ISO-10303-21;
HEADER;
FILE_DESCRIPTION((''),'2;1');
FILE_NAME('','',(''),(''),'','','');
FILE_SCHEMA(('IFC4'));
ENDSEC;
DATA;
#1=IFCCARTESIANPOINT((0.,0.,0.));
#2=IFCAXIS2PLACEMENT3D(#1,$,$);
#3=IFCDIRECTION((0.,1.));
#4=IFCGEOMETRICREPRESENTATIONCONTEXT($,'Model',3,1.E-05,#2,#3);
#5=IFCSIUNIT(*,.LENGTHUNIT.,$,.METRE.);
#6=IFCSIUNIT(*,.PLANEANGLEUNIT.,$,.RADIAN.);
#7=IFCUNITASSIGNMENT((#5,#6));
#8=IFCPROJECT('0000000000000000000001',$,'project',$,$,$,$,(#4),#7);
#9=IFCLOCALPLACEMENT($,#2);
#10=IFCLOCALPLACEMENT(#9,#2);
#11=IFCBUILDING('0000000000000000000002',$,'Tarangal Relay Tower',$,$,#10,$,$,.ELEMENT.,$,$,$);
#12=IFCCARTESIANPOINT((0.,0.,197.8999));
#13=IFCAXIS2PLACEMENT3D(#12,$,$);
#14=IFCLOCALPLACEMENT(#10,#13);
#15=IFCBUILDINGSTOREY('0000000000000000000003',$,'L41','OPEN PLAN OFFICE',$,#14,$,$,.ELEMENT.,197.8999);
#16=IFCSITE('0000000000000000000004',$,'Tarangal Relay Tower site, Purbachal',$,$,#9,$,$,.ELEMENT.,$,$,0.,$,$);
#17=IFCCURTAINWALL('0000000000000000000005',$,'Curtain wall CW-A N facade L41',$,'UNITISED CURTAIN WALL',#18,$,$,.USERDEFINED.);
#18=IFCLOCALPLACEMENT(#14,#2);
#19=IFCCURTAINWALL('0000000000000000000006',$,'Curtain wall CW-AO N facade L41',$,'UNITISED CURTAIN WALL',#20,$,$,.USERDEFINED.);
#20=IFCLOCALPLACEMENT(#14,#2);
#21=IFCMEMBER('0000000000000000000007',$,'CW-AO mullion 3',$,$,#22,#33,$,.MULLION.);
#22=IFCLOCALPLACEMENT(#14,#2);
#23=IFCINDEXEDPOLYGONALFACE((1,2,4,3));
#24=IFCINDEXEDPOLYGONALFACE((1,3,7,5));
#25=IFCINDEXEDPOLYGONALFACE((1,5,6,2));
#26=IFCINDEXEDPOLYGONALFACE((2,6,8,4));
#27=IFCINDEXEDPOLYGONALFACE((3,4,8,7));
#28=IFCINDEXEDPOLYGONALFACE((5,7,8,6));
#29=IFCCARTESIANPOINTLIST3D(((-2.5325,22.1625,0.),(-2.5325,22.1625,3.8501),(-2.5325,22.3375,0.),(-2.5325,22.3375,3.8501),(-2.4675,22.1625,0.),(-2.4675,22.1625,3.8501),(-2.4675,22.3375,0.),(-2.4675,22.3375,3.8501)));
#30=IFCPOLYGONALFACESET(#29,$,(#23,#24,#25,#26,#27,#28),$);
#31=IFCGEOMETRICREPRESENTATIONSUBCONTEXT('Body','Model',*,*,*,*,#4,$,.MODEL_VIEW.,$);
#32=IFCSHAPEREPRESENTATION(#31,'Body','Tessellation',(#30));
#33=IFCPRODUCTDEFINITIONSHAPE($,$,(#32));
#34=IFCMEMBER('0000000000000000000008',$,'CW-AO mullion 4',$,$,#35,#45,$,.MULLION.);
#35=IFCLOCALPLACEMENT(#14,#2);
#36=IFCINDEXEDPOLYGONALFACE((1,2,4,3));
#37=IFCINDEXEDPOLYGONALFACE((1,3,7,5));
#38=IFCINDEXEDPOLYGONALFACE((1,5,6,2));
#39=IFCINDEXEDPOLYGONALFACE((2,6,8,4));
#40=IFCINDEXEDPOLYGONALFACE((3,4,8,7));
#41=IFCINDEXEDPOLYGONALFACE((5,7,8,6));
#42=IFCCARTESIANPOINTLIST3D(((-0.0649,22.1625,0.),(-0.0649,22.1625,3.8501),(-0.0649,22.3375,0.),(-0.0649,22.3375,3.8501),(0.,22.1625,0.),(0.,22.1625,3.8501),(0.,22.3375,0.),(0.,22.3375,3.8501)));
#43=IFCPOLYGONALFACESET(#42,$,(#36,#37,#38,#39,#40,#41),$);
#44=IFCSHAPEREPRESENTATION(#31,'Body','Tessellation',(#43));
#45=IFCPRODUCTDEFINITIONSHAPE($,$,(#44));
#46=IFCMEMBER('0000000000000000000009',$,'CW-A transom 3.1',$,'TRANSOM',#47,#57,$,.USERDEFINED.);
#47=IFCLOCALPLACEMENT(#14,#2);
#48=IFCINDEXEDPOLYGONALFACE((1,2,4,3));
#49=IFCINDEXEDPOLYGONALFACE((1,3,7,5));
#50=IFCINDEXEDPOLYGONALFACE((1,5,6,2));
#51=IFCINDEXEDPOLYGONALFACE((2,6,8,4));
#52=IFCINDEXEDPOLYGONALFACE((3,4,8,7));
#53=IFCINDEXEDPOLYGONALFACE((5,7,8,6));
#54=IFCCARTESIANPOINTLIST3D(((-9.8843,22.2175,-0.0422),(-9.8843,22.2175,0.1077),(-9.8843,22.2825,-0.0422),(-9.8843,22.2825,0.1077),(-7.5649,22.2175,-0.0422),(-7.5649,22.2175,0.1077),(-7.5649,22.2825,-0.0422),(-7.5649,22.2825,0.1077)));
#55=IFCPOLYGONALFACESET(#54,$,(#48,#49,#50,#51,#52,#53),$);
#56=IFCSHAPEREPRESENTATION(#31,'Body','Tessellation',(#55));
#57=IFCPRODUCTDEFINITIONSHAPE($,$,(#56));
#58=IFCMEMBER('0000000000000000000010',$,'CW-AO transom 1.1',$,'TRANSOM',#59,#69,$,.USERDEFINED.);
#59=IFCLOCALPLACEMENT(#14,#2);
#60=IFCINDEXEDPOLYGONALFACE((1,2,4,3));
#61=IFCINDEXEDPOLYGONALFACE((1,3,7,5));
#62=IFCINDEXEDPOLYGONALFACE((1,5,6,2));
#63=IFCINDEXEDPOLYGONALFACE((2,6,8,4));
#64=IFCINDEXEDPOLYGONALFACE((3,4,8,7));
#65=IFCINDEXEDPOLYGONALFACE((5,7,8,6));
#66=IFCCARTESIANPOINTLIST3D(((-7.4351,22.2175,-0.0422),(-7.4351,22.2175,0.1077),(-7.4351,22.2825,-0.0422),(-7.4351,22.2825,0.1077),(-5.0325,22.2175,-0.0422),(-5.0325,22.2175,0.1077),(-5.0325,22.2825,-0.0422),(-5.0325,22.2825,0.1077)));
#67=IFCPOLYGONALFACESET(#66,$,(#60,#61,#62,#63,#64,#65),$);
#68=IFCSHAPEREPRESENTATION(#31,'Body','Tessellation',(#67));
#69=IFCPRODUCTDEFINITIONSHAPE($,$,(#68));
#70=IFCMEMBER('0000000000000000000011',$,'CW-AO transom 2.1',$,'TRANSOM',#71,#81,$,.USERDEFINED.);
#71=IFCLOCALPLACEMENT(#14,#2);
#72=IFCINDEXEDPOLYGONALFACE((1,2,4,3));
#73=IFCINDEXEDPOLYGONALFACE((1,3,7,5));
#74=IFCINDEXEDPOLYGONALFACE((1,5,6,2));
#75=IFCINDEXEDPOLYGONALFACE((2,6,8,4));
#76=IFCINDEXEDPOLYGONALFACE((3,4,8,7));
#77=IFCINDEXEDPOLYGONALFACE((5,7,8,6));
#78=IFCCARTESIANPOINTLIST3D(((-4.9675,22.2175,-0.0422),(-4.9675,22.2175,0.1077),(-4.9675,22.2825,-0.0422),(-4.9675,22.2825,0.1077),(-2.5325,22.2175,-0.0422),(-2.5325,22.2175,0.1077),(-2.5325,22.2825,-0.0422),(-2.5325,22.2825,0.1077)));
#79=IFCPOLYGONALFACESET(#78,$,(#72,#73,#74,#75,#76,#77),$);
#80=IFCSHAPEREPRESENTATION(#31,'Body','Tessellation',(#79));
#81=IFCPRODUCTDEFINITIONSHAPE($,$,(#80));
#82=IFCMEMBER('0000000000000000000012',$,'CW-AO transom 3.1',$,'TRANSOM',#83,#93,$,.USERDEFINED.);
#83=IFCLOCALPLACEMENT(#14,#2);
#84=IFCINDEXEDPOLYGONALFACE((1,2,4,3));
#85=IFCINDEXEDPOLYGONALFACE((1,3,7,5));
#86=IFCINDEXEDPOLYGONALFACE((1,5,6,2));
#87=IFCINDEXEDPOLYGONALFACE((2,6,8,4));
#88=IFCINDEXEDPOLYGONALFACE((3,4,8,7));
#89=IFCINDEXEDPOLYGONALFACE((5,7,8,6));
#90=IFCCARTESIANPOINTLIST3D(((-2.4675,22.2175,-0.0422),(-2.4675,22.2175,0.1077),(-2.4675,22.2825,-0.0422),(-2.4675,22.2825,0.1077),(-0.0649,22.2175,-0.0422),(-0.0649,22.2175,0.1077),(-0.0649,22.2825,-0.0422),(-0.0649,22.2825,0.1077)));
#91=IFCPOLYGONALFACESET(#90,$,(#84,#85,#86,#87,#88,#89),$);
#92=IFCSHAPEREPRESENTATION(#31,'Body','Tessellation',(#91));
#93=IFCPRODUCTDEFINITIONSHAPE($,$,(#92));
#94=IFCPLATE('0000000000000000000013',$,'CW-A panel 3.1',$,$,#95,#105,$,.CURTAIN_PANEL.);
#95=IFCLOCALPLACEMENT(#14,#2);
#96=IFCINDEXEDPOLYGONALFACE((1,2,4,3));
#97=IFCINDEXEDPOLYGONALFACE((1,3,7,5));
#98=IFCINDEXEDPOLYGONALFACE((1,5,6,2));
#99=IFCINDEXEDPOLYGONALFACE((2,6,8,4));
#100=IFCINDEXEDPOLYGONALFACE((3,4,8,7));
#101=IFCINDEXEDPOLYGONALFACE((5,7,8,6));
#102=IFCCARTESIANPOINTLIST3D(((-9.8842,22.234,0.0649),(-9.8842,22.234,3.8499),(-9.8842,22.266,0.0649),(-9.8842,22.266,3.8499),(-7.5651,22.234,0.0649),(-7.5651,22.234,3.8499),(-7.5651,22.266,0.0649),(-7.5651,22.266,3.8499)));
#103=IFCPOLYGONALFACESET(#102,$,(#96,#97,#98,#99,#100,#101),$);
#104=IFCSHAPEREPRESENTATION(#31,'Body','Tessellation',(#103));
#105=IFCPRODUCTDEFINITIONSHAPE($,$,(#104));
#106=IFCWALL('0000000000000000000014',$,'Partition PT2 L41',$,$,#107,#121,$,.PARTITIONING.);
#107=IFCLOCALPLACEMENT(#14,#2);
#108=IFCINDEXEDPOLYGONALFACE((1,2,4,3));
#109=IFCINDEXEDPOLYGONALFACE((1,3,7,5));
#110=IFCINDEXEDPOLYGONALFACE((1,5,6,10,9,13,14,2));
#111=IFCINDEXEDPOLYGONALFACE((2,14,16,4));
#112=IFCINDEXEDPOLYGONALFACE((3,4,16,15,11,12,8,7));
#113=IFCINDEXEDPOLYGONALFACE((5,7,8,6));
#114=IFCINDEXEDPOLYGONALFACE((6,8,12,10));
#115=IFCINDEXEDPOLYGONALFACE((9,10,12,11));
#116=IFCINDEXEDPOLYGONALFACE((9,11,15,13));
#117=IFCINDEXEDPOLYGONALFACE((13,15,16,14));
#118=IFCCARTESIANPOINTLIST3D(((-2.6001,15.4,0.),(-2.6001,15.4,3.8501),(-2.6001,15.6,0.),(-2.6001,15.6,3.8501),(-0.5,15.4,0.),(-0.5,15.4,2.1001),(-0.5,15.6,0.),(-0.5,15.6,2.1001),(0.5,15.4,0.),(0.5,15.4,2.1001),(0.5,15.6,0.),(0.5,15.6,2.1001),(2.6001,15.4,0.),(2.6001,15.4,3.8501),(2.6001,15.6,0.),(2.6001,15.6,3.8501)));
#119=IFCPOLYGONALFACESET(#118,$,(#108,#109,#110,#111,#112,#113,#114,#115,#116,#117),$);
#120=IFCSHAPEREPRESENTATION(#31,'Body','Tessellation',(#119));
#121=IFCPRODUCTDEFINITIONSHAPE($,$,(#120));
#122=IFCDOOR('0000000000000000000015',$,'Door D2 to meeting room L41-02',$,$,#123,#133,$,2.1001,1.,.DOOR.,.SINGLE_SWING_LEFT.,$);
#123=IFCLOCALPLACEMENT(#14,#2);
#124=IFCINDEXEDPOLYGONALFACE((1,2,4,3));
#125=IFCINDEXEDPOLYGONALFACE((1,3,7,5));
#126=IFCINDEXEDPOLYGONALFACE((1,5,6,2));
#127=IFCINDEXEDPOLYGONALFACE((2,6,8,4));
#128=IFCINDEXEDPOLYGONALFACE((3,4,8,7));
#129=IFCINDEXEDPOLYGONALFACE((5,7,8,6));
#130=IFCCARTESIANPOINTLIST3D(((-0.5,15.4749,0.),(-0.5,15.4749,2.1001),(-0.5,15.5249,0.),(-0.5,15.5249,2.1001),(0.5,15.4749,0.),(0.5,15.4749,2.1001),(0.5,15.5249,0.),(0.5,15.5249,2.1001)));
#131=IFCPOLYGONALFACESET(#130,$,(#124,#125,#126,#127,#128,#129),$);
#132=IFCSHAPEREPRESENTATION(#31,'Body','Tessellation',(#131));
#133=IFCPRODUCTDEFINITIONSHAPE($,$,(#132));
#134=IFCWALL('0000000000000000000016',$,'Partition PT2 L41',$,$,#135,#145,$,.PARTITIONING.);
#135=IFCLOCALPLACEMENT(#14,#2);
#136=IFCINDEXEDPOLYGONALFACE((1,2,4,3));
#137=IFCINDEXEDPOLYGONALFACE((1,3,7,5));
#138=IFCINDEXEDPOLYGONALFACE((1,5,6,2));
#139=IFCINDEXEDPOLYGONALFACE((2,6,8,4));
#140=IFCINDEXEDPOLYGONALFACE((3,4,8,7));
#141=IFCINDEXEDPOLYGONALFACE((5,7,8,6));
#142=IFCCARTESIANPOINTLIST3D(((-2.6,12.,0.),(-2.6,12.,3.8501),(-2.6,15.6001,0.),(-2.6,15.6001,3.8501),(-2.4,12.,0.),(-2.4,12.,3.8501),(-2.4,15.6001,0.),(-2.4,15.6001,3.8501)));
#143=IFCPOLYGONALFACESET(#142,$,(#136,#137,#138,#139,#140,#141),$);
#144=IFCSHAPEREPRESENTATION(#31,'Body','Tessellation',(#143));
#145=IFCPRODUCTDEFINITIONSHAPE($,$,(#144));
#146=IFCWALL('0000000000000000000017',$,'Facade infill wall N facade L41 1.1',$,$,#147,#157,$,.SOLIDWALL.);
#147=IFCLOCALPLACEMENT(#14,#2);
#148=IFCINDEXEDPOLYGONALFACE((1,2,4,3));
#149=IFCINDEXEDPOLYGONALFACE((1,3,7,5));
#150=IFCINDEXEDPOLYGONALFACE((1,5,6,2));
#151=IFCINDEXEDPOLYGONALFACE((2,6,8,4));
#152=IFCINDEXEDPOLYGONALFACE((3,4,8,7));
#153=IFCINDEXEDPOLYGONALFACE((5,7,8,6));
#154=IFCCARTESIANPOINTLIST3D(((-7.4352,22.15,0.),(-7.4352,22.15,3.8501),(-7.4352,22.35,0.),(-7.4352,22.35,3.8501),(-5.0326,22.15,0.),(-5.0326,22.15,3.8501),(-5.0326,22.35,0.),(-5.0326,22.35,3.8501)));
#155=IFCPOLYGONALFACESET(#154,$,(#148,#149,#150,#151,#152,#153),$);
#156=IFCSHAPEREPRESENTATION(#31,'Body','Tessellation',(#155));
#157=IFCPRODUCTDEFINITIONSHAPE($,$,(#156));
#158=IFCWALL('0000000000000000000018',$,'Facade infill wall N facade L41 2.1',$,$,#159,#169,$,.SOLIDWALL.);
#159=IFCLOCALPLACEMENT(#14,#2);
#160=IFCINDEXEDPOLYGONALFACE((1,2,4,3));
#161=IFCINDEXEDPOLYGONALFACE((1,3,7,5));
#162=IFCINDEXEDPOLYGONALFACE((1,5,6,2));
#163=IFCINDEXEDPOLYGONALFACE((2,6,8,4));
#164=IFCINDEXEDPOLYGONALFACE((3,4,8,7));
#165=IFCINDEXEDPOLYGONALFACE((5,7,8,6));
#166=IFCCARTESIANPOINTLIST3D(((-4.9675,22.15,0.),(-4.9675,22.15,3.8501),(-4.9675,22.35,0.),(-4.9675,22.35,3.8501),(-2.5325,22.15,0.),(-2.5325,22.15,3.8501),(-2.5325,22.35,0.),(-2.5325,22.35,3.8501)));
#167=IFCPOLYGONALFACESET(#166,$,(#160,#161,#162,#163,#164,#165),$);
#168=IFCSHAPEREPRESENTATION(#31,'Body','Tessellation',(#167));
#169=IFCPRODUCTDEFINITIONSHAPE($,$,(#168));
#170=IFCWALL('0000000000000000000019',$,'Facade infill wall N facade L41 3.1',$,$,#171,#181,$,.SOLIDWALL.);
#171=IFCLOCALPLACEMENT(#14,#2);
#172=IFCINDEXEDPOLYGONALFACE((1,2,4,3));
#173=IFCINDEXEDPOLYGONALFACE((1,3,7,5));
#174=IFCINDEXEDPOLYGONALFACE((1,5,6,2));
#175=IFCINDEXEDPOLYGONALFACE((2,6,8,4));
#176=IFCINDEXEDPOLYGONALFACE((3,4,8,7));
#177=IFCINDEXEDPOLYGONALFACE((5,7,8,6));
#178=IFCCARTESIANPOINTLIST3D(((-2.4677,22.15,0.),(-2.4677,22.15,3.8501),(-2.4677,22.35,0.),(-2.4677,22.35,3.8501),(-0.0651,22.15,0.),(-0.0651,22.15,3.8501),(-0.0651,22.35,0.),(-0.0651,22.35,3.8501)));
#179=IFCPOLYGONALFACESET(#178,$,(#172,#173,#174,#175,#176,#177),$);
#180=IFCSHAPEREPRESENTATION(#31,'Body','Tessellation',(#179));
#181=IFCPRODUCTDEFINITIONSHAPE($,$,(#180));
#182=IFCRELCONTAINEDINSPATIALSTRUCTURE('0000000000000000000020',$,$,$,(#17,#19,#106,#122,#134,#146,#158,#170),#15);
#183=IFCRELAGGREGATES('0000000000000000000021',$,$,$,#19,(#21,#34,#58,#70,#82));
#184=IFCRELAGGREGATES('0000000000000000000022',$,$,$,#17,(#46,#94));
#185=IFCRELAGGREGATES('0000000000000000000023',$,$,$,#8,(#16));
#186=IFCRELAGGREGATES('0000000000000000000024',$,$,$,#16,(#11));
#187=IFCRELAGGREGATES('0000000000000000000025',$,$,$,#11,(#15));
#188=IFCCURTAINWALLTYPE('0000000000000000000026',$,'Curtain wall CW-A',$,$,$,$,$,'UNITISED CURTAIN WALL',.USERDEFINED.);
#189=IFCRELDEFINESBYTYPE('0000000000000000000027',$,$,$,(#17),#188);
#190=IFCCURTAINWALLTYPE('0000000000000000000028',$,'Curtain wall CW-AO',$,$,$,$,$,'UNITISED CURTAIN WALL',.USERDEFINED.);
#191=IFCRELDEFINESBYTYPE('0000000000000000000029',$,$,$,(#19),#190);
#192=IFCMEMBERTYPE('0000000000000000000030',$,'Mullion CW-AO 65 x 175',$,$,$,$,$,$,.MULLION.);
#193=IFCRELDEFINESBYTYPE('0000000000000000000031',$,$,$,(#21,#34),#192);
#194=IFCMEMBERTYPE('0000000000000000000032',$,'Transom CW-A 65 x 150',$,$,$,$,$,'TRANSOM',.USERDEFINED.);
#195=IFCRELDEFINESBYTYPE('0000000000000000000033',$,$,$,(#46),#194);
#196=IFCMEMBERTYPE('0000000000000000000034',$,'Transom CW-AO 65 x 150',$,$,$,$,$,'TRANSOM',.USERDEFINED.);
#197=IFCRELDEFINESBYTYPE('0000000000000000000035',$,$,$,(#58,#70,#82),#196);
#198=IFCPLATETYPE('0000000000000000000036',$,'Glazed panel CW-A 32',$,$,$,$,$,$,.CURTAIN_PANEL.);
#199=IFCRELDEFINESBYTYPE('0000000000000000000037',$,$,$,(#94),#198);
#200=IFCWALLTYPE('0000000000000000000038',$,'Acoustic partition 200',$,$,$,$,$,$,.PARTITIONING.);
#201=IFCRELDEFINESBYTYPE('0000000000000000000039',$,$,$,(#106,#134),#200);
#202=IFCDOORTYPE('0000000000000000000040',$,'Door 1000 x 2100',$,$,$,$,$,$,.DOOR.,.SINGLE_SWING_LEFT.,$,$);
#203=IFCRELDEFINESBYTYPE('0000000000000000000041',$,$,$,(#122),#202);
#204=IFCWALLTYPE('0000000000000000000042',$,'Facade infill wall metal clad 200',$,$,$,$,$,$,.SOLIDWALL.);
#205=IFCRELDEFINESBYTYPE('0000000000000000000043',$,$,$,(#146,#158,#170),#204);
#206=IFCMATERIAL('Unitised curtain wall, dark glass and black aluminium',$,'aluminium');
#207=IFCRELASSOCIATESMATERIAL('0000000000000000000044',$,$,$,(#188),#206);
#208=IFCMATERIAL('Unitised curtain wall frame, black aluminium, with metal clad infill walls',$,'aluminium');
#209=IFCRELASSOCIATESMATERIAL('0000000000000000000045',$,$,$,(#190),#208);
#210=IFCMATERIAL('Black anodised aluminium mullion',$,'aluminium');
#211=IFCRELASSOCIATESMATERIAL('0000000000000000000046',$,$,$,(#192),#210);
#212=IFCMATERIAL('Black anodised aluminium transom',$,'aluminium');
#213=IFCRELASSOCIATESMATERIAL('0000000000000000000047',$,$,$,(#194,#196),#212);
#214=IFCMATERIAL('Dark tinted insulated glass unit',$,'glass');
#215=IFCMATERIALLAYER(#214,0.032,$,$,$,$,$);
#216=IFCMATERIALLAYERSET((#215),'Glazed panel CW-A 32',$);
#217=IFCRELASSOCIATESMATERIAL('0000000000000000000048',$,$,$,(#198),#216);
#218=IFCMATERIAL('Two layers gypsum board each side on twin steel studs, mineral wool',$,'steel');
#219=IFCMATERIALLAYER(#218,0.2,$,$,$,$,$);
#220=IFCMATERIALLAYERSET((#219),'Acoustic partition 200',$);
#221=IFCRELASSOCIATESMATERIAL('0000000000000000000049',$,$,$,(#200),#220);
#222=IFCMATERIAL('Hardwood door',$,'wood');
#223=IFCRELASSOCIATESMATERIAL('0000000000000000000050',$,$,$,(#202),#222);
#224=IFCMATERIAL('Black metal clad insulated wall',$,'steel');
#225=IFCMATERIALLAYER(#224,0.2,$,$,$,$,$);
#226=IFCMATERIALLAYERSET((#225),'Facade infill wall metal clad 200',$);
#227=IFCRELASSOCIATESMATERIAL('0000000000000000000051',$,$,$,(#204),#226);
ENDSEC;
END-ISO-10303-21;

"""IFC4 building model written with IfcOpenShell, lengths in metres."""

from ifc_helpers import new_model, si_unit, direction, frame, frame_2d, origin, origin_2d, place, context, subcontext, project, spatial, rectangle, extrude, material, layer, layer_set, material_profile, profile_set, type_object, element, fill, aggregate, save


model = new_model("IFC4")

# Units and contexts
model_context = context("Model", 3, precision=1e-05, world=origin(), true_north=direction((0.0, 1.0)))
body_context = subcontext(model_context, "Body", "Model", "MODEL_VIEW")
ifc_project = project(units=[si_unit("LENGTHUNIT", "METRE"), si_unit("PLANEANGLEUNIT", "RADIAN")], contexts=[model_context])

# Site, building, storey
site_placement = place(None, origin())
site = spatial("IfcSite", under=ifc_project, at=site_placement, Name="Tarangal Relay Tower site, Purbachal", CompositionType="ELEMENT", RefElevation=0.0)
building_placement = place(site_placement, origin())
building = spatial("IfcBuilding", under=site, at=building_placement, Name="Tarangal Relay Tower", CompositionType="ELEMENT")
storey_placement = place(building_placement, frame((0.0, 0.0, 197.8999)))
storey = spatial("IfcBuildingStorey", under=building, at=storey_placement, Name="L41", Description="OPEN PLAN OFFICE", CompositionType="ELEMENT", Elevation=197.8999)

# Curtain walls, members
ifc_material_1 = material(Name="Unitised curtain wall, dark glass and black aluminium", Category="aluminium")
curtain_wall_type_1 = type_object("IfcCurtainWallType", Name="Curtain wall CW-A", ElementType="UNITISED CURTAIN WALL", PredefinedType="USERDEFINED", material=ifc_material_1)
curtain_wall_1_placement = place(storey_placement, origin())
curtain_wall_1 = element("IfcCurtainWall", 1, at=curtain_wall_1_placement, inside=storey, type_object=curtain_wall_type_1, Name="Curtain wall CW-A N facade L41", ObjectType="UNITISED CURTAIN WALL", PredefinedType="USERDEFINED")
ifc_material_2 = material(Name="Black anodised aluminium mullion", Category="aluminium")
ifc_material_3 = material(Name="Unitised curtain wall frame, black aluminium, with metal clad infill walls", Category="aluminium")
curtain_wall_type_2 = type_object("IfcCurtainWallType", Name="Curtain wall CW-AO", ElementType="UNITISED CURTAIN WALL", PredefinedType="USERDEFINED", material=ifc_material_3)
curtain_wall_2_placement = place(storey_placement, origin())
curtain_wall_2 = element("IfcCurtainWall", 2, at=curtain_wall_2_placement, inside=storey, type_object=curtain_wall_type_2, Name="Curtain wall CW-AO N facade L41", ObjectType="UNITISED CURTAIN WALL", PredefinedType="USERDEFINED")
ifc_material_profile_1 = material_profile(ifc_material_2, rectangle(XDim=0.175, YDim=0.0649, at=origin_2d()), Name="CW-AOM 65X175")
ifc_profile_set_1 = profile_set([ifc_material_profile_1], Name="Black anodised aluminium mullion")
member_type_1 = type_object("IfcMemberType", Name="Mullion CW-AO 65 x 175", PredefinedType="MULLION", material=ifc_profile_set_1)
member_1_placement = place(storey_placement, frame((-2.5, 22.25, 0.0), z_axis=(0.0, 0.0, 1.0), x_axis=(0.0, 1.0, 0.0)))
member_1 = element("IfcMember", 3, at=member_1_placement, type_object=member_type_1, Name="CW-AO mullion 3", PredefinedType="MULLION", context=body_context, shape_type="SweptSolid", body=[
    extrude(rectangle(XDim=0.175, YDim=0.0649, at=origin_2d()), origin(), (0.0, 0.0, 1.0), 3.8501),
])
member_2_placement = place(storey_placement, frame((-0.0325, 22.25, 0.0), z_axis=(0.0, 0.0, 1.0), x_axis=(0.0, 1.0, 0.0)))
member_2 = element("IfcMember", 4, at=member_2_placement, type_object=member_type_1, Name="CW-AO mullion 4", PredefinedType="MULLION", context=body_context, shape_type="SweptSolid", body=[
    extrude(rectangle(XDim=0.175, YDim=0.0649, at=origin_2d()), origin(), (0.0, 0.0, 1.0), 3.8501),
])

# Members
ifc_material_4 = material(Name="Black anodised aluminium transom", Category="aluminium")
ifc_material_profile_2 = material_profile(ifc_material_4, rectangle(XDim=0.0649, YDim=0.1499, at=origin_2d()), Name="CW-AT 65X150")
ifc_profile_set_2 = profile_set([ifc_material_profile_2], Name="Black anodised aluminium transom")
member_type_2 = type_object("IfcMemberType", Name="Transom CW-A 65 x 150", ElementType="TRANSOM", PredefinedType="USERDEFINED", material=ifc_profile_set_2)
member_3_placement = place(storey_placement, frame((-9.8843, 22.25, 0.0327), z_axis=(1.0, 0.0, 0.0), x_axis=(0.0, 1.0, 0.0)))
member_3 = element("IfcMember", 5, at=member_3_placement, type_object=member_type_2, Name="CW-A transom 3.1", ObjectType="TRANSOM", PredefinedType="USERDEFINED", context=body_context, shape_type="SweptSolid", body=[
    extrude(rectangle(XDim=0.0649, YDim=0.1499, at=origin_2d()), origin(), (0.0, 0.0, 1.0), 2.3193),
])
ifc_material_profile_3 = material_profile(ifc_material_4, rectangle(XDim=0.0649, YDim=0.1499, at=origin_2d()), Name="CW-AOT 65X150")
ifc_profile_set_3 = profile_set([ifc_material_profile_3], Name="Black anodised aluminium transom")
member_type_3 = type_object("IfcMemberType", Name="Transom CW-AO 65 x 150", ElementType="TRANSOM", PredefinedType="USERDEFINED", material=ifc_profile_set_3)
member_4_placement = place(storey_placement, frame((-7.4351, 22.25, 0.0327), z_axis=(1.0, 0.0, 0.0), x_axis=(0.0, 1.0, 0.0)))
member_4 = element("IfcMember", 6, at=member_4_placement, type_object=member_type_3, Name="CW-AO transom 1.1", ObjectType="TRANSOM", PredefinedType="USERDEFINED", context=body_context, shape_type="SweptSolid", body=[
    extrude(rectangle(XDim=0.0649, YDim=0.1499, at=origin_2d()), origin(), (0.0, 0.0, 1.0), 2.4026),
])
member_5_placement = place(storey_placement, frame((-4.9675, 22.25, 0.0327), z_axis=(1.0, 0.0, 0.0), x_axis=(0.0, 1.0, 0.0)))
member_5 = element("IfcMember", 7, at=member_5_placement, type_object=member_type_3, Name="CW-AO transom 2.1", ObjectType="TRANSOM", PredefinedType="USERDEFINED", context=body_context, shape_type="SweptSolid", body=[
    extrude(rectangle(XDim=0.0649, YDim=0.1499, at=origin_2d()), origin(), (0.0, 0.0, 1.0), 2.4351),
])
member_6_placement = place(storey_placement, frame((-2.4675, 22.25, 0.0327), z_axis=(1.0, 0.0, 0.0), x_axis=(0.0, 1.0, 0.0)))
member_6 = element("IfcMember", 8, at=member_6_placement, type_object=member_type_3, Name="CW-AO transom 3.1", ObjectType="TRANSOM", PredefinedType="USERDEFINED", context=body_context, shape_type="SweptSolid", body=[
    extrude(rectangle(XDim=0.0649, YDim=0.1499, at=origin_2d()), origin(), (0.0, 0.0, 1.0), 2.4026),
])
aggregate(curtain_wall_2, [member_1, member_2, member_4, member_5, member_6])

# Plate
ifc_material_5 = material(Name="Dark tinted insulated glass unit", Category="glass")
ifc_layer_1 = layer(ifc_material_5, 0.032)
ifc_layer_set_1 = layer_set([ifc_layer_1], Name="Glazed panel CW-A 32")
plate_type = type_object("IfcPlateType", Name="Glazed panel CW-A 32", PredefinedType="CURTAIN_PANEL", material=ifc_layer_set_1)
plate_placement = place(storey_placement, frame((-8.7246, 22.25, 0.0649), z_axis=(0.0, 0.0, 1.0), x_axis=(1.0, 0.0, 0.0)))
plate = element("IfcPlate", 9, at=plate_placement, type_object=plate_type, Name="CW-A panel 3.1", PredefinedType="CURTAIN_PANEL", context=body_context, shape_type="SweptSolid", body=[
    extrude(rectangle(XDim=2.3191, YDim=0.032, at=origin_2d()), origin(), (0.0, 0.0, 1.0), 3.7849),
])
aggregate(curtain_wall_1, [member_3, plate])

# Wall, opening, door
ifc_material_6 = material(Name="Two layers gypsum board each side on twin steel studs, mineral wool", Category="steel")
ifc_layer_2 = layer(ifc_material_6, 0.2)
ifc_layer_set_2 = layer_set([ifc_layer_2], Name="Acoustic partition 200")
wall_type_1 = type_object("IfcWallType", Name="Acoustic partition 200", PredefinedType="PARTITIONING", material=ifc_layer_set_2)
wall_1_placement = place(storey_placement, frame((-2.6001, 15.5, 0.0), z_axis=(0.0, 0.0, 1.0), x_axis=(1.0, 0.0, 0.0)))
wall_1 = element("IfcWall", 10, at=wall_1_placement, inside=storey, type_object=wall_type_1, Name="Partition PT2 L41", PredefinedType="PARTITIONING", context=body_context, shape_type="SweptSolid", body=[
    extrude(rectangle(XDim=5.2002, YDim=0.2, at=frame_2d((2.6001, 0.0))), origin(), (0.0, 0.0, 1.0), 3.8501),
])
opening_placement = place(wall_1_placement, frame((2.1001, 0.0, 0.0)))
opening = element("IfcOpeningElement", 11, at=opening_placement, cuts=wall_1, PredefinedType="OPENING", context=body_context, shape_type="SweptSolid", body=[
    extrude(rectangle(XDim=1.0, YDim=2.1001, at=frame_2d((0.5, 1.05))), frame((0.0, 0.1099, 0.0), z_axis=(0.0, -1.0, 0.0), x_axis=(1.0, 0.0, 0.0)), (0.0, 0.0, 1.0), 0.22),
])
ifc_material_7 = material(Name="Hardwood door", Category="wood")
door_type = type_object("IfcDoorType", Name="Door 1000 x 2100", OperationType="SINGLE_SWING_LEFT", PredefinedType="DOOR", material=ifc_material_7)
door_placement = place(opening_placement, origin())
door = element("IfcDoor", 12, at=door_placement, inside=storey, type_object=door_type, Name="Door D2 to meeting room L41-02", OperationType="SINGLE_SWING_LEFT", OverallHeight=2.1001, OverallWidth=1.0, PredefinedType="DOOR", context=body_context, shape_type="SweptSolid", body=[
    extrude(rectangle(XDim=1.0, YDim=2.1001, at=frame_2d((0.5, 1.05))), frame((0.0, 0.0249, 0.0), z_axis=(0.0, -1.0, 0.0), x_axis=(1.0, 0.0, 0.0)), (0.0, 0.0, 1.0), 0.05),
])
fill(opening, door)

# Walls
wall_2_placement = place(storey_placement, frame((-2.5, 12.0, 0.0), z_axis=(0.0, 0.0, 1.0), x_axis=(0.0, 1.0, 0.0)))
element("IfcWall", 13, at=wall_2_placement, inside=storey, type_object=wall_type_1, Name="Partition PT2 L41", PredefinedType="PARTITIONING", context=body_context, shape_type="SweptSolid", body=[
    extrude(rectangle(XDim=3.6001, YDim=0.2, at=frame_2d((1.8, 0.0))), origin(), (0.0, 0.0, 1.0), 3.8501),
])
ifc_material_8 = material(Name="Black metal clad insulated wall", Category="steel")
ifc_layer_3 = layer(ifc_material_8, 0.2)
ifc_layer_set_3 = layer_set([ifc_layer_3], Name="Facade infill wall metal clad 200")
wall_type_2 = type_object("IfcWallType", Name="Facade infill wall metal clad 200", PredefinedType="SOLIDWALL", material=ifc_layer_set_3)
wall_3_placement = place(storey_placement, frame((-7.4351, 22.25, 0.0), z_axis=(0.0, 0.0, 1.0), x_axis=(1.0, 0.0, 0.0)))
element("IfcWall", 14, at=wall_3_placement, inside=storey, type_object=wall_type_2, Name="Facade infill wall N facade L41 1.1", PredefinedType="SOLIDWALL", context=body_context, shape_type="SweptSolid", body=[
    extrude(rectangle(XDim=2.4026, YDim=0.2, at=frame_2d((1.2012, 0.0))), origin(), (0.0, 0.0, 1.0), 3.8501),
])
wall_4_placement = place(storey_placement, frame((-4.9675, 22.25, 0.0), z_axis=(0.0, 0.0, 1.0), x_axis=(1.0, 0.0, 0.0)))
element("IfcWall", 15, at=wall_4_placement, inside=storey, type_object=wall_type_2, Name="Facade infill wall N facade L41 2.1", PredefinedType="SOLIDWALL", context=body_context, shape_type="SweptSolid", body=[
    extrude(rectangle(XDim=2.4351, YDim=0.2, at=frame_2d((1.2175, 0.0))), origin(), (0.0, 0.0, 1.0), 3.8501),
])
wall_5_placement = place(storey_placement, frame((-2.4675, 22.25, 0.0), z_axis=(0.0, 0.0, 1.0), x_axis=(1.0, 0.0, 0.0)))
element("IfcWall", 16, at=wall_5_placement, inside=storey, type_object=wall_type_2, Name="Facade infill wall N facade L41 3.1", PredefinedType="SOLIDWALL", context=body_context, shape_type="SweptSolid", body=[
    extrude(rectangle(XDim=2.4026, YDim=0.2, at=frame_2d((1.2012, 0.0))), origin(), (0.0, 0.0, 1.0), 3.8501),
])

save(model, "model.ifc")
